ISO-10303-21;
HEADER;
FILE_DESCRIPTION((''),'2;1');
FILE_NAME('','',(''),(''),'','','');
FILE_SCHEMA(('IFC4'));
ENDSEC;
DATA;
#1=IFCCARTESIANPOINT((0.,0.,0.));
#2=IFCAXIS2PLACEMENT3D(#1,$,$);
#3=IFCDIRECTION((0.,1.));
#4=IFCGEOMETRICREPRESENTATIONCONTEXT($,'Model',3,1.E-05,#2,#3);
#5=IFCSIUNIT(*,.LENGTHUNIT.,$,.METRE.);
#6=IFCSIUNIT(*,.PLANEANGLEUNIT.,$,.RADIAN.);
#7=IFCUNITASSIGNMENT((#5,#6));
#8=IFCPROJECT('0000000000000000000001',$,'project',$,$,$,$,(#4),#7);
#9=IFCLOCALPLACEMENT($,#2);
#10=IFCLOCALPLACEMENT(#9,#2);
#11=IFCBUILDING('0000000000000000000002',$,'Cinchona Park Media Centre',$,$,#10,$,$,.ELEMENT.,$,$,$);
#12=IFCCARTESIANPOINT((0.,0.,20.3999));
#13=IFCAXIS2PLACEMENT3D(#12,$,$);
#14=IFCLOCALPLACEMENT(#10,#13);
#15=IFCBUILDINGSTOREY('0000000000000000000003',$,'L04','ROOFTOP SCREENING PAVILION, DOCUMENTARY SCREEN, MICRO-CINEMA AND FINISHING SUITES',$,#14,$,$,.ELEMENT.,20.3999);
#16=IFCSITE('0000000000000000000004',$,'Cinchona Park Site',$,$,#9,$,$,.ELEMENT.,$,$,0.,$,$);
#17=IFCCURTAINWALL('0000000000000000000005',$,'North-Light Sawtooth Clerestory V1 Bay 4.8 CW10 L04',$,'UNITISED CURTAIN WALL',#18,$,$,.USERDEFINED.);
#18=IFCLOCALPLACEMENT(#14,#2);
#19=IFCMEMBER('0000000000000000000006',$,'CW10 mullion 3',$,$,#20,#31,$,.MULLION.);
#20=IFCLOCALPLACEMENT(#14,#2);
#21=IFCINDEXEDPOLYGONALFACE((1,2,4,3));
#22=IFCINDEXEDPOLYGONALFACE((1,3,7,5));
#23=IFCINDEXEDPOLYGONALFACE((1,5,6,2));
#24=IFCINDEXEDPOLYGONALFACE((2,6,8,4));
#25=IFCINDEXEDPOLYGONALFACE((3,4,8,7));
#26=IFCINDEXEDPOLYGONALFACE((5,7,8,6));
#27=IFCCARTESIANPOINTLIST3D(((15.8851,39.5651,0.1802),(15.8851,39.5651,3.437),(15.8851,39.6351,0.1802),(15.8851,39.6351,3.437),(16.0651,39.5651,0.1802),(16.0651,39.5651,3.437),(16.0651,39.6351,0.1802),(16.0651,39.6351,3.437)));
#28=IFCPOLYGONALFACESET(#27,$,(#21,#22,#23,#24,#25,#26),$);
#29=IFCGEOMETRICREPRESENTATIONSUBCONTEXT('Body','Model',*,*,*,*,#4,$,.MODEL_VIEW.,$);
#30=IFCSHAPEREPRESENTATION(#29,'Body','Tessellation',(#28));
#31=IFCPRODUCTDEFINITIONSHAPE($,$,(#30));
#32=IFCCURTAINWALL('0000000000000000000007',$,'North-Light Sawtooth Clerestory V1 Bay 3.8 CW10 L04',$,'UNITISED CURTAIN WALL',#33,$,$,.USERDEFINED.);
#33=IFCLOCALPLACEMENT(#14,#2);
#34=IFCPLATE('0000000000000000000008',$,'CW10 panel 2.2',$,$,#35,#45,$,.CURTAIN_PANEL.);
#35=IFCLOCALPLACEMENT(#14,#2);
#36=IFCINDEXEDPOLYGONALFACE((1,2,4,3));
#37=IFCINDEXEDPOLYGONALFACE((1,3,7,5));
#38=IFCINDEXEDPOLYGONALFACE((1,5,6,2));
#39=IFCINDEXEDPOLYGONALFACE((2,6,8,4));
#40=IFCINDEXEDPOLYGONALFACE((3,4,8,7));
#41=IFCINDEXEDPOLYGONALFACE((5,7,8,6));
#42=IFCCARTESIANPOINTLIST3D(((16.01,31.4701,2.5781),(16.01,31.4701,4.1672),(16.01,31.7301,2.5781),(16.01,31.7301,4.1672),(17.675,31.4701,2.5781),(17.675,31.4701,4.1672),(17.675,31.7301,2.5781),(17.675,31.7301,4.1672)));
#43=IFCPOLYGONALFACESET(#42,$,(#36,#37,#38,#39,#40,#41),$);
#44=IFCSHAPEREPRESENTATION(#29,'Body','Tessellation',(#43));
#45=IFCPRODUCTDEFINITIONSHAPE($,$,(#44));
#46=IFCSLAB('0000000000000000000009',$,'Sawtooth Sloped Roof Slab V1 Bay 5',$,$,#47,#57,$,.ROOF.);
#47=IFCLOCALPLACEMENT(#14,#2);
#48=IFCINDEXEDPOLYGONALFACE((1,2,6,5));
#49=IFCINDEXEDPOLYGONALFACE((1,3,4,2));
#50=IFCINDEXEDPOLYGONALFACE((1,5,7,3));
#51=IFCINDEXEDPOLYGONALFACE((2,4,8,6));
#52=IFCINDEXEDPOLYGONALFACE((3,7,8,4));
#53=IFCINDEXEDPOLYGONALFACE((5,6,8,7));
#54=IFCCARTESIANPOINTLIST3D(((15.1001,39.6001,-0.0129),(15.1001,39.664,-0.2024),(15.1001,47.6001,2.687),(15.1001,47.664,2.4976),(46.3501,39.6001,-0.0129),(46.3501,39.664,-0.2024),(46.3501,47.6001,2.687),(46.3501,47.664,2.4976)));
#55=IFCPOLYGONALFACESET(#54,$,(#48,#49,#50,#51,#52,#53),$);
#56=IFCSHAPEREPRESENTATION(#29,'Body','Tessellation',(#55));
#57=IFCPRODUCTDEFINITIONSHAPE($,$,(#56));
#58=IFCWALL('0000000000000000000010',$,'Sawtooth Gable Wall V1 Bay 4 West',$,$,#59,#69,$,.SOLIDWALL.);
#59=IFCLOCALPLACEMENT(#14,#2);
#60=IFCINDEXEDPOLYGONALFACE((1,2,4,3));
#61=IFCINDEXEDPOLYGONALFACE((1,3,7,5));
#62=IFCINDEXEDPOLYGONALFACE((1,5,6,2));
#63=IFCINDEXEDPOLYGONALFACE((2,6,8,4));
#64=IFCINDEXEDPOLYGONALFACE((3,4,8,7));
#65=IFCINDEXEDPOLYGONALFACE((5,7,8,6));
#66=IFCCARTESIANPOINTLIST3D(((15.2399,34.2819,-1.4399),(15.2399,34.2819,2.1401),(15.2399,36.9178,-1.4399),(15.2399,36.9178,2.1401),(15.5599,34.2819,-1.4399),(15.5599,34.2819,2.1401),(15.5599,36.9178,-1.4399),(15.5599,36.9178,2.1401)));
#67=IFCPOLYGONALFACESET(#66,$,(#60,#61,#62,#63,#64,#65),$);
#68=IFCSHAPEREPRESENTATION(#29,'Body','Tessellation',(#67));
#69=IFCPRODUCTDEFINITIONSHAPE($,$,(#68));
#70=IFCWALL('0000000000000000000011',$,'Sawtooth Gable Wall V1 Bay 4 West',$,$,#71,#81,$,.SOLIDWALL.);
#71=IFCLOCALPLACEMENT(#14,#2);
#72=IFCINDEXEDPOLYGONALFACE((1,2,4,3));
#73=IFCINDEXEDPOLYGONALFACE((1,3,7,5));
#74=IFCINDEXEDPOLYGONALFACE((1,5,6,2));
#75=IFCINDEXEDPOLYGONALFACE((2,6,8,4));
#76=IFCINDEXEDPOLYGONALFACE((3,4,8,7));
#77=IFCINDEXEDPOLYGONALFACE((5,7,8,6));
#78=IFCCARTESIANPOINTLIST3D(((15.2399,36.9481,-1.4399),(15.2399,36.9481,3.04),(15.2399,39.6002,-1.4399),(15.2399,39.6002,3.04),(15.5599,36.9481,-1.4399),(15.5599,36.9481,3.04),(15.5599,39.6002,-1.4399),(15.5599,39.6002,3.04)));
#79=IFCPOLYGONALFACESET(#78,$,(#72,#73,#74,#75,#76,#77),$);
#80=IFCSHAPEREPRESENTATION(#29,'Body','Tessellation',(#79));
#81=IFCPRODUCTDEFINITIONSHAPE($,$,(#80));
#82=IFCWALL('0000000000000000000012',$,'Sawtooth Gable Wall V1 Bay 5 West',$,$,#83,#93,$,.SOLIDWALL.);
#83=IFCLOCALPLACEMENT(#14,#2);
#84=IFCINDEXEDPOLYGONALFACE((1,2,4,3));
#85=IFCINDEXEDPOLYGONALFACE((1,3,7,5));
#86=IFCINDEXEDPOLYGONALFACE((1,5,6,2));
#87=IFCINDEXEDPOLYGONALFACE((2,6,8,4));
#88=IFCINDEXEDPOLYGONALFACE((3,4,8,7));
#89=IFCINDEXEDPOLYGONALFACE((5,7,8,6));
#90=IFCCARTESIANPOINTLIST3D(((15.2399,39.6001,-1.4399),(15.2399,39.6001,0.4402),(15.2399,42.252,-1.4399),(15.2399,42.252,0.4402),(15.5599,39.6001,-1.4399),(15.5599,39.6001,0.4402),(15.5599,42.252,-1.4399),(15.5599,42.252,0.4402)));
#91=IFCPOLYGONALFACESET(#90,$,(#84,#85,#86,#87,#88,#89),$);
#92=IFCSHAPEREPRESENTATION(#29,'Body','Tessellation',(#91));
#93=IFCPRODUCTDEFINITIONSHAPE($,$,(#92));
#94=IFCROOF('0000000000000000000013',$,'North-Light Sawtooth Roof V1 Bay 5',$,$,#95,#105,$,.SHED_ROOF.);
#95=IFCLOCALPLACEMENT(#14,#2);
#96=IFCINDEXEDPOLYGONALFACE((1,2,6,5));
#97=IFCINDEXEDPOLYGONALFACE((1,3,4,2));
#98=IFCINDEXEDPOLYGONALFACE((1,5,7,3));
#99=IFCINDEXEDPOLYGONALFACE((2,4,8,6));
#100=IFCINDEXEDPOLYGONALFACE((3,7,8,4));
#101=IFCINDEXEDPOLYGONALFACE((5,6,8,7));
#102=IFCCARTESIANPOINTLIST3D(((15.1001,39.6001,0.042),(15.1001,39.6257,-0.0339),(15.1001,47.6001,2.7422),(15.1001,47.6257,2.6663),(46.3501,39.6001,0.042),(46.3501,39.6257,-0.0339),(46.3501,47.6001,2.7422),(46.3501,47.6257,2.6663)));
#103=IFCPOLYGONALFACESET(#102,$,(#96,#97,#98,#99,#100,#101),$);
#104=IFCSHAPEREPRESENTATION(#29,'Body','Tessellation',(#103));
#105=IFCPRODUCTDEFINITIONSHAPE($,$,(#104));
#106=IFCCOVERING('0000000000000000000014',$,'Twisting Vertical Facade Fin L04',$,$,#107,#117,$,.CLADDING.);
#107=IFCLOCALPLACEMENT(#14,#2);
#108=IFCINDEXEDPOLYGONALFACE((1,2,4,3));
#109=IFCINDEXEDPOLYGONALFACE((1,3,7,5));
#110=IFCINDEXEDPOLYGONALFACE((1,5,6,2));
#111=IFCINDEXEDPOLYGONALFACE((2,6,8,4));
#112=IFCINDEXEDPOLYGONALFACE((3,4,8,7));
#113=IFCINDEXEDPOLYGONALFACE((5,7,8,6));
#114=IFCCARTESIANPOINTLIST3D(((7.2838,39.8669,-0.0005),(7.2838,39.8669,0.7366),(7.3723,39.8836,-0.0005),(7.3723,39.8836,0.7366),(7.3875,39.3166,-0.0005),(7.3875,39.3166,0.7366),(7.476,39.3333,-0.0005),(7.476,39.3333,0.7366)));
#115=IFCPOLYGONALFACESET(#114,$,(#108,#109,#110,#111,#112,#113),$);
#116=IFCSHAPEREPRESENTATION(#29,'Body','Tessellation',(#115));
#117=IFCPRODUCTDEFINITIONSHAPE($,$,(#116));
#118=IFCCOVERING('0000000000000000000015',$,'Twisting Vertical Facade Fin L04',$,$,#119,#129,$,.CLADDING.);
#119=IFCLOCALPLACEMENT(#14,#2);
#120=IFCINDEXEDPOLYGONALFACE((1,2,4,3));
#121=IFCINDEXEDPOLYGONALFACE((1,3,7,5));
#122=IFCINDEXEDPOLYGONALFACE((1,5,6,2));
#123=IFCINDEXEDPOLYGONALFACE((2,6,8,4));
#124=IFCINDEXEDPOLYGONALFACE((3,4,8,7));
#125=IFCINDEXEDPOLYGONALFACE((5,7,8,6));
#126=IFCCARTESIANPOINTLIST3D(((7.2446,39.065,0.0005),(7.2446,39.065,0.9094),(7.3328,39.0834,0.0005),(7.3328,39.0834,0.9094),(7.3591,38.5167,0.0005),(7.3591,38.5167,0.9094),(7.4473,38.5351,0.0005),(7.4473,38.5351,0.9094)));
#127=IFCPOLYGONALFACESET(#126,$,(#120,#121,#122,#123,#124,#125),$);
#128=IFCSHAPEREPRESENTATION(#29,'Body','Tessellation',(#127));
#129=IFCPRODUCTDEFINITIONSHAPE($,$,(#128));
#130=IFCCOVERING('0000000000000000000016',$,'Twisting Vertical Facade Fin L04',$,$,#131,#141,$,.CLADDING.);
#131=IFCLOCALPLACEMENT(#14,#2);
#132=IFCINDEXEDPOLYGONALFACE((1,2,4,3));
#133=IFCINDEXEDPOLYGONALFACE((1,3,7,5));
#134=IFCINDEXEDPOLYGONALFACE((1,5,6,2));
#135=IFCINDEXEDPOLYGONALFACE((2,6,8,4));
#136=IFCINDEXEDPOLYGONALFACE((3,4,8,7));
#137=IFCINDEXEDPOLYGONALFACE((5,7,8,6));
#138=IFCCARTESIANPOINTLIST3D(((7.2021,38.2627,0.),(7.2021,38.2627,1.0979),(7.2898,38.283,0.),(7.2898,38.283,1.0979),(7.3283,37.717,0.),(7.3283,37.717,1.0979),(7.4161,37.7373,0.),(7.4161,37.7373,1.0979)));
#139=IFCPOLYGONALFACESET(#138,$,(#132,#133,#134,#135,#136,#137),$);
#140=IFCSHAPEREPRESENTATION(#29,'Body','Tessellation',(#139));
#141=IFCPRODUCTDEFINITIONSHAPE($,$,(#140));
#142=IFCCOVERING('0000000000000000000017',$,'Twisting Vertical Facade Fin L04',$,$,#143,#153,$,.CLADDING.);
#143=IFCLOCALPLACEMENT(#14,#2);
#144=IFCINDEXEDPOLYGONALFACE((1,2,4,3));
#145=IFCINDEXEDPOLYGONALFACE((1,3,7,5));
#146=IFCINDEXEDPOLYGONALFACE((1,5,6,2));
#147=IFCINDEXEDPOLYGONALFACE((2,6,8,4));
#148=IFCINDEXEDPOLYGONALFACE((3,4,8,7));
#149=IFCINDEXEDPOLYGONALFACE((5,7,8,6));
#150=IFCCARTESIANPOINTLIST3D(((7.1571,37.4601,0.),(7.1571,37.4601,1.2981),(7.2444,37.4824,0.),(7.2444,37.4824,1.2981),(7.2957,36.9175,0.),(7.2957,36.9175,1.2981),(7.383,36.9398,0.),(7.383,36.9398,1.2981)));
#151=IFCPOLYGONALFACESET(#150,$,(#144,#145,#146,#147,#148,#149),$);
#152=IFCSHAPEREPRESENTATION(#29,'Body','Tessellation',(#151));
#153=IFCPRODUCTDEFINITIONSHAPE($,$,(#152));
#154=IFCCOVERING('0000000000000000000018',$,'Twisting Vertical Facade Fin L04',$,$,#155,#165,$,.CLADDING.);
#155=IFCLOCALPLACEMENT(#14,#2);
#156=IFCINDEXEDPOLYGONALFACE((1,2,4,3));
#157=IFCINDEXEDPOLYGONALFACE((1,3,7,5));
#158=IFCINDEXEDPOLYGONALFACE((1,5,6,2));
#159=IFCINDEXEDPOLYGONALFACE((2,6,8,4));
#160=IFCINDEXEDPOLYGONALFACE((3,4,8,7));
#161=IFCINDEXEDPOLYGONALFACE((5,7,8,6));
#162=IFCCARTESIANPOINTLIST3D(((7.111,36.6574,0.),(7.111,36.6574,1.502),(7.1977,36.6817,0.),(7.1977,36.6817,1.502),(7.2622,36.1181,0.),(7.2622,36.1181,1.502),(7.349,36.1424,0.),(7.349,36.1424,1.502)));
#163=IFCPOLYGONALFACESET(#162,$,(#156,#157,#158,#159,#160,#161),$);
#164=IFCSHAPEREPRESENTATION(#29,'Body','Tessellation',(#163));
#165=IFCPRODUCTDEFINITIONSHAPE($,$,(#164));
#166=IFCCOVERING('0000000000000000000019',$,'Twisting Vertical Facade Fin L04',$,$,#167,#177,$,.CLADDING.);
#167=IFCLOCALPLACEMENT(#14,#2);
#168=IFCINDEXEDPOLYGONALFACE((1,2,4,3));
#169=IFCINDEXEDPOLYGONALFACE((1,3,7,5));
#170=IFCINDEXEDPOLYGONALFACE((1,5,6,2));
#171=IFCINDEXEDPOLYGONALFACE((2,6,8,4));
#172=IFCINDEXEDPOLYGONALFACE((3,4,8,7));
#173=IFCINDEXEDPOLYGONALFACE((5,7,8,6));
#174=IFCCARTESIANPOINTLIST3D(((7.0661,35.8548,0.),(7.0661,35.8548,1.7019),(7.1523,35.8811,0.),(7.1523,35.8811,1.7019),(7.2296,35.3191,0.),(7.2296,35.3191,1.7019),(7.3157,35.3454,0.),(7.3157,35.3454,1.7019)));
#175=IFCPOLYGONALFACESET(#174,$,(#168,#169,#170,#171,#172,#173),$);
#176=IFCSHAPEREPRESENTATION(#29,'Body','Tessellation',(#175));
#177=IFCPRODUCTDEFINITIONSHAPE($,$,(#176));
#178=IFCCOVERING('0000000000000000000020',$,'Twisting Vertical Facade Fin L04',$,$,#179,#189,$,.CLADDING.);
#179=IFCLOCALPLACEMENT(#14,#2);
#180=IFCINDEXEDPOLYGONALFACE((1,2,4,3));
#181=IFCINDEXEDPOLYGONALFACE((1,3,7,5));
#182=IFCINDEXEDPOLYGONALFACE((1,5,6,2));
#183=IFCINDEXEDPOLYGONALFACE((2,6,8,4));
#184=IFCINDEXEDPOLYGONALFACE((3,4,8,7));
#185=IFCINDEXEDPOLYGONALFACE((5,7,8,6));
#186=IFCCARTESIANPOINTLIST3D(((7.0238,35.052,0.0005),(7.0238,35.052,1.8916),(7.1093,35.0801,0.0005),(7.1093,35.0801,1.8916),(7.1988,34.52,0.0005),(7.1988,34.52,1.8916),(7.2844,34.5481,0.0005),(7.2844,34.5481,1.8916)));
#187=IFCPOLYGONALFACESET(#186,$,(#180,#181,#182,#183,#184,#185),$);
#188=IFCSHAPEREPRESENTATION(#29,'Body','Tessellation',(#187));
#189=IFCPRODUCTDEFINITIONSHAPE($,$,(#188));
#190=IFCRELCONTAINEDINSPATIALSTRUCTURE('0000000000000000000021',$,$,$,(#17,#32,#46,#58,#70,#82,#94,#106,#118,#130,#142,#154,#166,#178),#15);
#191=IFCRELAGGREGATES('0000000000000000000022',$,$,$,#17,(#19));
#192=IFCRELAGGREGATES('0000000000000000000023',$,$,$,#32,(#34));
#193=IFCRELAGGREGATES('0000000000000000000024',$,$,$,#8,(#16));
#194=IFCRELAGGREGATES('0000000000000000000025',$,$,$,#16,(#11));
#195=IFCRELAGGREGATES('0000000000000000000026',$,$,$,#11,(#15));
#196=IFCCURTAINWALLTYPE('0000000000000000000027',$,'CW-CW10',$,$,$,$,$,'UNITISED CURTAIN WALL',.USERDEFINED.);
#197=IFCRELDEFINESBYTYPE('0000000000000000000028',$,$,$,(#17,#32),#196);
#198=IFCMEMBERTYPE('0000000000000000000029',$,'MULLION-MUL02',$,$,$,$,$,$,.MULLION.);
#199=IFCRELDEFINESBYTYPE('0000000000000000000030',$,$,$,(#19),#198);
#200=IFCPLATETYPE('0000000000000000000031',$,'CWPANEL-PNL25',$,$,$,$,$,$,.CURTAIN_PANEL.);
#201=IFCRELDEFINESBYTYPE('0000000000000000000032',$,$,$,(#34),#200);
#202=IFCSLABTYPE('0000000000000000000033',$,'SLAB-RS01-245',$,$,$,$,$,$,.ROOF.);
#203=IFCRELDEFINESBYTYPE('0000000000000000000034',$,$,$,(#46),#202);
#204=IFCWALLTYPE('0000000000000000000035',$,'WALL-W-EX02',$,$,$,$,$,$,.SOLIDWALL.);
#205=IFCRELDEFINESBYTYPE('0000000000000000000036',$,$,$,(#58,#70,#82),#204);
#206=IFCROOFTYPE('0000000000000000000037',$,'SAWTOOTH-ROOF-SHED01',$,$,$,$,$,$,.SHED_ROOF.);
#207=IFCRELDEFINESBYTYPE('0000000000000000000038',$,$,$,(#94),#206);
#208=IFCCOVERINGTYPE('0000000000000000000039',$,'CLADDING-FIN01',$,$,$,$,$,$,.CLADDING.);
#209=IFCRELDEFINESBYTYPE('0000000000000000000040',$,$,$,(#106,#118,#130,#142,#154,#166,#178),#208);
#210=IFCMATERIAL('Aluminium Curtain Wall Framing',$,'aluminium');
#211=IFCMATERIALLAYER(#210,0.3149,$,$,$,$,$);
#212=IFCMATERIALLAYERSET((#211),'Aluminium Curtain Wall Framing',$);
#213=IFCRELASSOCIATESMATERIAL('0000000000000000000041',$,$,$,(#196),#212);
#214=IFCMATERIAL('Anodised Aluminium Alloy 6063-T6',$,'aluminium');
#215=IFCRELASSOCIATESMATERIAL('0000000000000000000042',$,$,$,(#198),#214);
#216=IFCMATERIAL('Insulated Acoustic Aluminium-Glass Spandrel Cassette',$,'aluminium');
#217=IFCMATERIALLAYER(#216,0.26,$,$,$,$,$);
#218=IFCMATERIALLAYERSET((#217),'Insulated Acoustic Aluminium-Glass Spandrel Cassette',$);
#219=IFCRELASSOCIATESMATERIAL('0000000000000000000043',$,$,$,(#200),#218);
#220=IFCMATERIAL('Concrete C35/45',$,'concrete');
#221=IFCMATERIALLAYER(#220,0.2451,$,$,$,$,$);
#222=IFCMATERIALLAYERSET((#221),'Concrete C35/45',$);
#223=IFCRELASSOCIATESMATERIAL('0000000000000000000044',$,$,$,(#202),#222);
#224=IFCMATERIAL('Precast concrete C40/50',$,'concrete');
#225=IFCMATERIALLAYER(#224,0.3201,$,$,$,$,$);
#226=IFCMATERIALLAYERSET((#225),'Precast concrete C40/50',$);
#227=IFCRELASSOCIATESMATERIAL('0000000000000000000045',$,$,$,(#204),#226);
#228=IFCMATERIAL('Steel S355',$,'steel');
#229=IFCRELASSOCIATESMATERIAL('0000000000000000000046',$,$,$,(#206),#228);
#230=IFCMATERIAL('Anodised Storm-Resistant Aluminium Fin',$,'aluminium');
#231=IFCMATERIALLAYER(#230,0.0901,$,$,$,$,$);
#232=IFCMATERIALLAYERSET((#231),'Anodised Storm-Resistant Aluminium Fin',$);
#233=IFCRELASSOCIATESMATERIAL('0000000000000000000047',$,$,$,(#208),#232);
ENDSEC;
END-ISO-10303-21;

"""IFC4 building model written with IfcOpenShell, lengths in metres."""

from ifc_helpers import new_model, si_unit, direction, frame, frame_2d, origin, origin_2d, place, context, subcontext, project, spatial, polyline, rectangle, outline, extrude, material, layer, layer_set, material_profile, profile_set, type_object, element, aggregate, save


model = new_model("IFC4")

# Units and contexts
model_context = context("Model", 3, precision=1e-05, world=origin(), true_north=direction((0.0, 1.0)))
body_context = subcontext(model_context, "Body", "Model", "MODEL_VIEW")
ifc_project = project(units=[si_unit("LENGTHUNIT", "METRE"), si_unit("PLANEANGLEUNIT", "RADIAN")], contexts=[model_context])

# Site, building, storey
site_placement = place(None, origin())
site = spatial("IfcSite", under=ifc_project, at=site_placement, Name="Cinchona Park Site", CompositionType="ELEMENT", RefElevation=0.0)
building_placement = place(site_placement, origin())
building = spatial("IfcBuilding", under=site, at=building_placement, Name="Cinchona Park Media Centre", CompositionType="ELEMENT")
storey_placement = place(building_placement, frame((0.0, 0.0, 20.3999)))
storey = spatial("IfcBuildingStorey", under=building, at=storey_placement, Name="L04", Description="ROOFTOP SCREENING PAVILION, DOCUMENTARY SCREEN, MICRO-CINEMA AND FINISHING SUITES", CompositionType="ELEMENT", Elevation=20.3999)

# Curtain wall, member
ifc_material_1 = material(Name="Aluminium Curtain Wall Framing", Category="aluminium")
ifc_layer_1 = layer(ifc_material_1, 0.3149)
ifc_layer_set_1 = layer_set([ifc_layer_1], Name="Aluminium Curtain Wall Framing")
curtain_wall_type = type_object("IfcCurtainWallType", Name="CW-CW10", ElementType="UNITISED CURTAIN WALL", PredefinedType="USERDEFINED", material=ifc_layer_set_1)
curtain_wall_1_placement = place(storey_placement, origin())
curtain_wall_1 = element("IfcCurtainWall", 1, at=curtain_wall_1_placement, inside=storey, type_object=curtain_wall_type, Name="North-Light Sawtooth Clerestory V1 Bay 4.8 CW10 L04", ObjectType="UNITISED CURTAIN WALL", PredefinedType="USERDEFINED")
ifc_material_2 = material(Name="Anodised Aluminium Alloy 6063-T6", Category="aluminium")
ifc_material_profile = material_profile(ifc_material_2, rectangle(XDim=0.0701, YDim=0.1799, at=origin_2d()), Name="MUL-70X180")
ifc_profile_set = profile_set([ifc_material_profile], Name="Anodised Aluminium Alloy 6063-T6")
member_type = type_object("IfcMemberType", Name="MULLION-MUL02", PredefinedType="MULLION", material=ifc_profile_set)
member_placement = place(storey_placement, frame((15.9751, 39.6001, 0.1802), z_axis=(0.0, 0.0, 1.0), x_axis=(0.0, -1.0, 0.0)))
member = element("IfcMember", 2, at=member_placement, type_object=member_type, Name="CW10 mullion 3", PredefinedType="MULLION", context=body_context, shape_type="SweptSolid", body=[
    extrude(rectangle(XDim=0.0701, YDim=0.1799, at=origin_2d()), origin(), (0.0, 0.0, 1.0), 3.2568),
])
aggregate(curtain_wall_1, [member])

# Curtain wall, plate
curtain_wall_2_placement = place(storey_placement, origin())
curtain_wall_2 = element("IfcCurtainWall", 3, at=curtain_wall_2_placement, inside=storey, type_object=curtain_wall_type, Name="North-Light Sawtooth Clerestory V1 Bay 3.8 CW10 L04", ObjectType="UNITISED CURTAIN WALL", PredefinedType="USERDEFINED")
ifc_material_3 = material(Name="Insulated Acoustic Aluminium-Glass Spandrel Cassette", Category="aluminium")
ifc_layer_2 = layer(ifc_material_3, 0.26)
ifc_layer_set_2 = layer_set([ifc_layer_2], Name="Insulated Acoustic Aluminium-Glass Spandrel Cassette")
plate_type = type_object("IfcPlateType", Name="CWPANEL-PNL25", PredefinedType="CURTAIN_PANEL", material=ifc_layer_set_2)
plate_placement = place(storey_placement, frame((16.8425, 31.6001, 2.5781), z_axis=(0.0, 0.0, 1.0), x_axis=(-1.0, 0.0, 0.0)))
plate = element("IfcPlate", 4, at=plate_placement, type_object=plate_type, Name="CW10 panel 2.2", PredefinedType="CURTAIN_PANEL", context=body_context, shape_type="SweptSolid", body=[
    extrude(rectangle(XDim=1.665, YDim=0.26, at=origin_2d()), origin(), (0.0, 0.0, 1.0), 1.5891),
])
aggregate(curtain_wall_2, [plate])

# Slab
ifc_material_4 = material(Name="Concrete C35/45", Category="concrete")
ifc_layer_3 = layer(ifc_material_4, 0.2451)
ifc_layer_set_3 = layer_set([ifc_layer_3], Name="Concrete C35/45")
slab_type = type_object("IfcSlabType", Name="SLAB-RS01-245", PredefinedType="ROOF", material=ifc_layer_set_3)
slab_placement = place(storey_placement, frame((15.1001, 39.6001, -0.0129), z_axis=(0.0, -0.319773, 0.947494), x_axis=(1.0, 0.0, 0.0)))
element("IfcSlab", 5, at=slab_placement, inside=storey, type_object=slab_type, Name="Sawtooth Sloped Roof Slab V1 Bay 5", PredefinedType="ROOF", context=body_context, shape_type="SweptSolid", body=[
    extrude(outline(polyline([(0.0, 0.0), (31.25, 0.0), (31.25, 8.4433), (0.0, 8.4433), (0.0, 0.0)])), origin(), (0.0, 0.0, -1.0), 0.2),
])

# Walls
ifc_material_5 = material(Name="Precast concrete C40/50", Category="concrete")
ifc_layer_4 = layer(ifc_material_5, 0.3201)
ifc_layer_set_4 = layer_set([ifc_layer_4], Name="Precast concrete C40/50")
wall_type = type_object("IfcWallType", Name="WALL-W-EX02", PredefinedType="SOLIDWALL", material=ifc_layer_set_4)
wall_1_placement = place(storey_placement, frame((15.3999, 34.282, -1.4399), z_axis=(0.0, 0.0, 1.0), x_axis=(0.0, 1.0, 0.0)))
element("IfcWall", 6, at=wall_1_placement, inside=storey, type_object=wall_type, Name="Sawtooth Gable Wall V1 Bay 4 West", PredefinedType="SOLIDWALL", context=body_context, shape_type="SweptSolid", body=[
    extrude(rectangle(XDim=2.636, YDim=0.3201, at=frame_2d((1.3179, 0.0))), origin(), (0.0, 0.0, 1.0), 3.5801),
])
wall_2_placement = place(storey_placement, frame((15.3999, 36.948, -1.4399), z_axis=(0.0, 0.0, 1.0), x_axis=(0.0, 1.0, 0.0)))
element("IfcWall", 7, at=wall_2_placement, inside=storey, type_object=wall_type, Name="Sawtooth Gable Wall V1 Bay 4 West", PredefinedType="SOLIDWALL", context=body_context, shape_type="SweptSolid", body=[
    extrude(rectangle(XDim=2.6521, YDim=0.3201, at=frame_2d((1.3262, 0.0))), origin(), (0.0, 0.0, 1.0), 4.48),
])
wall_3_placement = place(storey_placement, frame((15.3999, 39.6001, -1.4399), z_axis=(0.0, 0.0, 1.0), x_axis=(0.0, 1.0, 0.0)))
element("IfcWall", 8, at=wall_3_placement, inside=storey, type_object=wall_type, Name="Sawtooth Gable Wall V1 Bay 5 West", PredefinedType="SOLIDWALL", context=body_context, shape_type="SweptSolid", body=[
    extrude(rectangle(XDim=2.6519, YDim=0.3201, at=frame_2d((1.3259, 0.0))), origin(), (0.0, 0.0, 1.0), 1.8801),
])

# Roof
ifc_material_6 = material(Name="Steel S355", Category="steel")
roof_type = type_object("IfcRoofType", Name="SAWTOOTH-ROOF-SHED01", PredefinedType="SHED_ROOF", material=ifc_material_6)
roof_placement = place(storey_placement, frame((15.1001, 39.6001, 0.042), z_axis=(0.0, -0.319799, 0.947485), x_axis=(1.0, 0.0, 0.0)))
element("IfcRoof", 9, at=roof_placement, inside=storey, type_object=roof_type, Name="North-Light Sawtooth Roof V1 Bay 5", PredefinedType="SHED_ROOF", context=body_context, shape_type="SweptSolid", body=[
    extrude(outline(polyline([(0.0, 0.0), (31.25, 0.0), (31.25, 8.4434), (0.0, 8.4434), (0.0, 0.0)])), origin(), (0.0, 0.0, -1.0), 0.0801),
])

# Coverings
ifc_material_7 = material(Name="Anodised Storm-Resistant Aluminium Fin", Category="aluminium")
ifc_layer_5 = layer(ifc_material_7, 0.0901)
ifc_layer_set_5 = layer_set([ifc_layer_5], Name="Anodised Storm-Resistant Aluminium Fin")
covering_type_1 = type_object("IfcCoveringType", Name="CLADDING-FIN01", PredefinedType="CLADDING", material=ifc_layer_set_5)
covering_1_placement = place(storey_placement, frame((7.3799, 39.6001, -0.0005), z_axis=(0.0, 0.0, 1.0), x_axis=(0.185152, -0.98271, 0.0)))
element("IfcCovering", 10, at=covering_1_placement, inside=storey, type_object=covering_type_1, Name="Twisting Vertical Facade Fin L04", PredefinedType="CLADDING", context=body_context, shape_type="SweptSolid", body=[
    extrude(rectangle(XDim=0.5601, YDim=0.0901, at=origin_2d()), origin(), (0.0, 0.0, 1.0), 0.7371),
])
covering_2_placement = place(storey_placement, frame((7.3459, 38.8, 0.0005), z_axis=(0.0, 0.0, 1.0), x_axis=(0.204325, -0.978903, 0.0)))
element("IfcCovering", 11, at=covering_2_placement, inside=storey, type_object=covering_type_1, Name="Twisting Vertical Facade Fin L04", PredefinedType="CLADDING", context=body_context, shape_type="SweptSolid", body=[
    extrude(rectangle(XDim=0.5601, YDim=0.0901, at=origin_2d()), origin(), (0.0, 0.0, 1.0), 0.9089),
])
covering_3_placement = place(storey_placement, frame((7.3091, 38.0, 0.0), z_axis=(0.0, 0.0, 1.0), x_axis=(0.225461, -0.974252, 0.0)))
element("IfcCovering", 12, at=covering_3_placement, inside=storey, type_object=covering_type_1, Name="Twisting Vertical Facade Fin L04", PredefinedType="CLADDING", context=body_context, shape_type="SweptSolid", body=[
    extrude(rectangle(XDim=0.5601, YDim=0.0901, at=origin_2d()), origin(), (0.0, 0.0, 1.0), 1.0979),
])
covering_4_placement = place(storey_placement, frame((7.27, 37.2, 0.0), z_axis=(0.0, 0.0, 1.0), x_axis=(0.247506, -0.968886, 0.0)))
element("IfcCovering", 13, at=covering_4_placement, inside=storey, type_object=covering_type_1, Name="Twisting Vertical Facade Fin L04", PredefinedType="CLADDING", context=body_context, shape_type="SweptSolid", body=[
    extrude(rectangle(XDim=0.5601, YDim=0.0901, at=origin_2d()), origin(), (0.0, 0.0, 1.0), 1.2981),
])
covering_5_placement = place(storey_placement, frame((7.23, 36.3999, 0.0), z_axis=(0.0, 0.0, 1.0), x_axis=(0.270096, -0.962833, 0.0)))
element("IfcCovering", 14, at=covering_5_placement, inside=storey, type_object=covering_type_1, Name="Twisting Vertical Facade Fin L04", PredefinedType="CLADDING", context=body_context, shape_type="SweptSolid", body=[
    extrude(rectangle(XDim=0.5601, YDim=0.0901, at=origin_2d()), origin(), (0.0, 0.0, 1.0), 1.502),
])
covering_6_placement = place(storey_placement, frame((7.1909, 35.6001, 0.0), z_axis=(0.0, 0.0, 1.0), x_axis=(0.291871, -0.956458, 0.0)))
element("IfcCovering", 15, at=covering_6_placement, inside=storey, type_object=covering_type_1, Name="Twisting Vertical Facade Fin L04", PredefinedType="CLADDING", context=body_context, shape_type="SweptSolid", body=[
    extrude(rectangle(XDim=0.5601, YDim=0.0901, at=origin_2d()), origin(), (0.0, 0.0, 1.0), 1.7019),
])
covering_7_placement = place(storey_placement, frame((7.1541, 34.8, 0.0005), z_axis=(0.0, 0.0, 1.0), x_axis=(0.312501, -0.949918, 0.0)))
element("IfcCovering", 16, at=covering_7_placement, inside=storey, type_object=covering_type_1, Name="Twisting Vertical Facade Fin L04", PredefinedType="CLADDING", context=body_context, shape_type="SweptSolid", body=[
    extrude(rectangle(XDim=0.5601, YDim=0.0901, at=origin_2d()), origin(), (0.0, 0.0, 1.0), 1.8911),
])

save(model, "model.ifc")
